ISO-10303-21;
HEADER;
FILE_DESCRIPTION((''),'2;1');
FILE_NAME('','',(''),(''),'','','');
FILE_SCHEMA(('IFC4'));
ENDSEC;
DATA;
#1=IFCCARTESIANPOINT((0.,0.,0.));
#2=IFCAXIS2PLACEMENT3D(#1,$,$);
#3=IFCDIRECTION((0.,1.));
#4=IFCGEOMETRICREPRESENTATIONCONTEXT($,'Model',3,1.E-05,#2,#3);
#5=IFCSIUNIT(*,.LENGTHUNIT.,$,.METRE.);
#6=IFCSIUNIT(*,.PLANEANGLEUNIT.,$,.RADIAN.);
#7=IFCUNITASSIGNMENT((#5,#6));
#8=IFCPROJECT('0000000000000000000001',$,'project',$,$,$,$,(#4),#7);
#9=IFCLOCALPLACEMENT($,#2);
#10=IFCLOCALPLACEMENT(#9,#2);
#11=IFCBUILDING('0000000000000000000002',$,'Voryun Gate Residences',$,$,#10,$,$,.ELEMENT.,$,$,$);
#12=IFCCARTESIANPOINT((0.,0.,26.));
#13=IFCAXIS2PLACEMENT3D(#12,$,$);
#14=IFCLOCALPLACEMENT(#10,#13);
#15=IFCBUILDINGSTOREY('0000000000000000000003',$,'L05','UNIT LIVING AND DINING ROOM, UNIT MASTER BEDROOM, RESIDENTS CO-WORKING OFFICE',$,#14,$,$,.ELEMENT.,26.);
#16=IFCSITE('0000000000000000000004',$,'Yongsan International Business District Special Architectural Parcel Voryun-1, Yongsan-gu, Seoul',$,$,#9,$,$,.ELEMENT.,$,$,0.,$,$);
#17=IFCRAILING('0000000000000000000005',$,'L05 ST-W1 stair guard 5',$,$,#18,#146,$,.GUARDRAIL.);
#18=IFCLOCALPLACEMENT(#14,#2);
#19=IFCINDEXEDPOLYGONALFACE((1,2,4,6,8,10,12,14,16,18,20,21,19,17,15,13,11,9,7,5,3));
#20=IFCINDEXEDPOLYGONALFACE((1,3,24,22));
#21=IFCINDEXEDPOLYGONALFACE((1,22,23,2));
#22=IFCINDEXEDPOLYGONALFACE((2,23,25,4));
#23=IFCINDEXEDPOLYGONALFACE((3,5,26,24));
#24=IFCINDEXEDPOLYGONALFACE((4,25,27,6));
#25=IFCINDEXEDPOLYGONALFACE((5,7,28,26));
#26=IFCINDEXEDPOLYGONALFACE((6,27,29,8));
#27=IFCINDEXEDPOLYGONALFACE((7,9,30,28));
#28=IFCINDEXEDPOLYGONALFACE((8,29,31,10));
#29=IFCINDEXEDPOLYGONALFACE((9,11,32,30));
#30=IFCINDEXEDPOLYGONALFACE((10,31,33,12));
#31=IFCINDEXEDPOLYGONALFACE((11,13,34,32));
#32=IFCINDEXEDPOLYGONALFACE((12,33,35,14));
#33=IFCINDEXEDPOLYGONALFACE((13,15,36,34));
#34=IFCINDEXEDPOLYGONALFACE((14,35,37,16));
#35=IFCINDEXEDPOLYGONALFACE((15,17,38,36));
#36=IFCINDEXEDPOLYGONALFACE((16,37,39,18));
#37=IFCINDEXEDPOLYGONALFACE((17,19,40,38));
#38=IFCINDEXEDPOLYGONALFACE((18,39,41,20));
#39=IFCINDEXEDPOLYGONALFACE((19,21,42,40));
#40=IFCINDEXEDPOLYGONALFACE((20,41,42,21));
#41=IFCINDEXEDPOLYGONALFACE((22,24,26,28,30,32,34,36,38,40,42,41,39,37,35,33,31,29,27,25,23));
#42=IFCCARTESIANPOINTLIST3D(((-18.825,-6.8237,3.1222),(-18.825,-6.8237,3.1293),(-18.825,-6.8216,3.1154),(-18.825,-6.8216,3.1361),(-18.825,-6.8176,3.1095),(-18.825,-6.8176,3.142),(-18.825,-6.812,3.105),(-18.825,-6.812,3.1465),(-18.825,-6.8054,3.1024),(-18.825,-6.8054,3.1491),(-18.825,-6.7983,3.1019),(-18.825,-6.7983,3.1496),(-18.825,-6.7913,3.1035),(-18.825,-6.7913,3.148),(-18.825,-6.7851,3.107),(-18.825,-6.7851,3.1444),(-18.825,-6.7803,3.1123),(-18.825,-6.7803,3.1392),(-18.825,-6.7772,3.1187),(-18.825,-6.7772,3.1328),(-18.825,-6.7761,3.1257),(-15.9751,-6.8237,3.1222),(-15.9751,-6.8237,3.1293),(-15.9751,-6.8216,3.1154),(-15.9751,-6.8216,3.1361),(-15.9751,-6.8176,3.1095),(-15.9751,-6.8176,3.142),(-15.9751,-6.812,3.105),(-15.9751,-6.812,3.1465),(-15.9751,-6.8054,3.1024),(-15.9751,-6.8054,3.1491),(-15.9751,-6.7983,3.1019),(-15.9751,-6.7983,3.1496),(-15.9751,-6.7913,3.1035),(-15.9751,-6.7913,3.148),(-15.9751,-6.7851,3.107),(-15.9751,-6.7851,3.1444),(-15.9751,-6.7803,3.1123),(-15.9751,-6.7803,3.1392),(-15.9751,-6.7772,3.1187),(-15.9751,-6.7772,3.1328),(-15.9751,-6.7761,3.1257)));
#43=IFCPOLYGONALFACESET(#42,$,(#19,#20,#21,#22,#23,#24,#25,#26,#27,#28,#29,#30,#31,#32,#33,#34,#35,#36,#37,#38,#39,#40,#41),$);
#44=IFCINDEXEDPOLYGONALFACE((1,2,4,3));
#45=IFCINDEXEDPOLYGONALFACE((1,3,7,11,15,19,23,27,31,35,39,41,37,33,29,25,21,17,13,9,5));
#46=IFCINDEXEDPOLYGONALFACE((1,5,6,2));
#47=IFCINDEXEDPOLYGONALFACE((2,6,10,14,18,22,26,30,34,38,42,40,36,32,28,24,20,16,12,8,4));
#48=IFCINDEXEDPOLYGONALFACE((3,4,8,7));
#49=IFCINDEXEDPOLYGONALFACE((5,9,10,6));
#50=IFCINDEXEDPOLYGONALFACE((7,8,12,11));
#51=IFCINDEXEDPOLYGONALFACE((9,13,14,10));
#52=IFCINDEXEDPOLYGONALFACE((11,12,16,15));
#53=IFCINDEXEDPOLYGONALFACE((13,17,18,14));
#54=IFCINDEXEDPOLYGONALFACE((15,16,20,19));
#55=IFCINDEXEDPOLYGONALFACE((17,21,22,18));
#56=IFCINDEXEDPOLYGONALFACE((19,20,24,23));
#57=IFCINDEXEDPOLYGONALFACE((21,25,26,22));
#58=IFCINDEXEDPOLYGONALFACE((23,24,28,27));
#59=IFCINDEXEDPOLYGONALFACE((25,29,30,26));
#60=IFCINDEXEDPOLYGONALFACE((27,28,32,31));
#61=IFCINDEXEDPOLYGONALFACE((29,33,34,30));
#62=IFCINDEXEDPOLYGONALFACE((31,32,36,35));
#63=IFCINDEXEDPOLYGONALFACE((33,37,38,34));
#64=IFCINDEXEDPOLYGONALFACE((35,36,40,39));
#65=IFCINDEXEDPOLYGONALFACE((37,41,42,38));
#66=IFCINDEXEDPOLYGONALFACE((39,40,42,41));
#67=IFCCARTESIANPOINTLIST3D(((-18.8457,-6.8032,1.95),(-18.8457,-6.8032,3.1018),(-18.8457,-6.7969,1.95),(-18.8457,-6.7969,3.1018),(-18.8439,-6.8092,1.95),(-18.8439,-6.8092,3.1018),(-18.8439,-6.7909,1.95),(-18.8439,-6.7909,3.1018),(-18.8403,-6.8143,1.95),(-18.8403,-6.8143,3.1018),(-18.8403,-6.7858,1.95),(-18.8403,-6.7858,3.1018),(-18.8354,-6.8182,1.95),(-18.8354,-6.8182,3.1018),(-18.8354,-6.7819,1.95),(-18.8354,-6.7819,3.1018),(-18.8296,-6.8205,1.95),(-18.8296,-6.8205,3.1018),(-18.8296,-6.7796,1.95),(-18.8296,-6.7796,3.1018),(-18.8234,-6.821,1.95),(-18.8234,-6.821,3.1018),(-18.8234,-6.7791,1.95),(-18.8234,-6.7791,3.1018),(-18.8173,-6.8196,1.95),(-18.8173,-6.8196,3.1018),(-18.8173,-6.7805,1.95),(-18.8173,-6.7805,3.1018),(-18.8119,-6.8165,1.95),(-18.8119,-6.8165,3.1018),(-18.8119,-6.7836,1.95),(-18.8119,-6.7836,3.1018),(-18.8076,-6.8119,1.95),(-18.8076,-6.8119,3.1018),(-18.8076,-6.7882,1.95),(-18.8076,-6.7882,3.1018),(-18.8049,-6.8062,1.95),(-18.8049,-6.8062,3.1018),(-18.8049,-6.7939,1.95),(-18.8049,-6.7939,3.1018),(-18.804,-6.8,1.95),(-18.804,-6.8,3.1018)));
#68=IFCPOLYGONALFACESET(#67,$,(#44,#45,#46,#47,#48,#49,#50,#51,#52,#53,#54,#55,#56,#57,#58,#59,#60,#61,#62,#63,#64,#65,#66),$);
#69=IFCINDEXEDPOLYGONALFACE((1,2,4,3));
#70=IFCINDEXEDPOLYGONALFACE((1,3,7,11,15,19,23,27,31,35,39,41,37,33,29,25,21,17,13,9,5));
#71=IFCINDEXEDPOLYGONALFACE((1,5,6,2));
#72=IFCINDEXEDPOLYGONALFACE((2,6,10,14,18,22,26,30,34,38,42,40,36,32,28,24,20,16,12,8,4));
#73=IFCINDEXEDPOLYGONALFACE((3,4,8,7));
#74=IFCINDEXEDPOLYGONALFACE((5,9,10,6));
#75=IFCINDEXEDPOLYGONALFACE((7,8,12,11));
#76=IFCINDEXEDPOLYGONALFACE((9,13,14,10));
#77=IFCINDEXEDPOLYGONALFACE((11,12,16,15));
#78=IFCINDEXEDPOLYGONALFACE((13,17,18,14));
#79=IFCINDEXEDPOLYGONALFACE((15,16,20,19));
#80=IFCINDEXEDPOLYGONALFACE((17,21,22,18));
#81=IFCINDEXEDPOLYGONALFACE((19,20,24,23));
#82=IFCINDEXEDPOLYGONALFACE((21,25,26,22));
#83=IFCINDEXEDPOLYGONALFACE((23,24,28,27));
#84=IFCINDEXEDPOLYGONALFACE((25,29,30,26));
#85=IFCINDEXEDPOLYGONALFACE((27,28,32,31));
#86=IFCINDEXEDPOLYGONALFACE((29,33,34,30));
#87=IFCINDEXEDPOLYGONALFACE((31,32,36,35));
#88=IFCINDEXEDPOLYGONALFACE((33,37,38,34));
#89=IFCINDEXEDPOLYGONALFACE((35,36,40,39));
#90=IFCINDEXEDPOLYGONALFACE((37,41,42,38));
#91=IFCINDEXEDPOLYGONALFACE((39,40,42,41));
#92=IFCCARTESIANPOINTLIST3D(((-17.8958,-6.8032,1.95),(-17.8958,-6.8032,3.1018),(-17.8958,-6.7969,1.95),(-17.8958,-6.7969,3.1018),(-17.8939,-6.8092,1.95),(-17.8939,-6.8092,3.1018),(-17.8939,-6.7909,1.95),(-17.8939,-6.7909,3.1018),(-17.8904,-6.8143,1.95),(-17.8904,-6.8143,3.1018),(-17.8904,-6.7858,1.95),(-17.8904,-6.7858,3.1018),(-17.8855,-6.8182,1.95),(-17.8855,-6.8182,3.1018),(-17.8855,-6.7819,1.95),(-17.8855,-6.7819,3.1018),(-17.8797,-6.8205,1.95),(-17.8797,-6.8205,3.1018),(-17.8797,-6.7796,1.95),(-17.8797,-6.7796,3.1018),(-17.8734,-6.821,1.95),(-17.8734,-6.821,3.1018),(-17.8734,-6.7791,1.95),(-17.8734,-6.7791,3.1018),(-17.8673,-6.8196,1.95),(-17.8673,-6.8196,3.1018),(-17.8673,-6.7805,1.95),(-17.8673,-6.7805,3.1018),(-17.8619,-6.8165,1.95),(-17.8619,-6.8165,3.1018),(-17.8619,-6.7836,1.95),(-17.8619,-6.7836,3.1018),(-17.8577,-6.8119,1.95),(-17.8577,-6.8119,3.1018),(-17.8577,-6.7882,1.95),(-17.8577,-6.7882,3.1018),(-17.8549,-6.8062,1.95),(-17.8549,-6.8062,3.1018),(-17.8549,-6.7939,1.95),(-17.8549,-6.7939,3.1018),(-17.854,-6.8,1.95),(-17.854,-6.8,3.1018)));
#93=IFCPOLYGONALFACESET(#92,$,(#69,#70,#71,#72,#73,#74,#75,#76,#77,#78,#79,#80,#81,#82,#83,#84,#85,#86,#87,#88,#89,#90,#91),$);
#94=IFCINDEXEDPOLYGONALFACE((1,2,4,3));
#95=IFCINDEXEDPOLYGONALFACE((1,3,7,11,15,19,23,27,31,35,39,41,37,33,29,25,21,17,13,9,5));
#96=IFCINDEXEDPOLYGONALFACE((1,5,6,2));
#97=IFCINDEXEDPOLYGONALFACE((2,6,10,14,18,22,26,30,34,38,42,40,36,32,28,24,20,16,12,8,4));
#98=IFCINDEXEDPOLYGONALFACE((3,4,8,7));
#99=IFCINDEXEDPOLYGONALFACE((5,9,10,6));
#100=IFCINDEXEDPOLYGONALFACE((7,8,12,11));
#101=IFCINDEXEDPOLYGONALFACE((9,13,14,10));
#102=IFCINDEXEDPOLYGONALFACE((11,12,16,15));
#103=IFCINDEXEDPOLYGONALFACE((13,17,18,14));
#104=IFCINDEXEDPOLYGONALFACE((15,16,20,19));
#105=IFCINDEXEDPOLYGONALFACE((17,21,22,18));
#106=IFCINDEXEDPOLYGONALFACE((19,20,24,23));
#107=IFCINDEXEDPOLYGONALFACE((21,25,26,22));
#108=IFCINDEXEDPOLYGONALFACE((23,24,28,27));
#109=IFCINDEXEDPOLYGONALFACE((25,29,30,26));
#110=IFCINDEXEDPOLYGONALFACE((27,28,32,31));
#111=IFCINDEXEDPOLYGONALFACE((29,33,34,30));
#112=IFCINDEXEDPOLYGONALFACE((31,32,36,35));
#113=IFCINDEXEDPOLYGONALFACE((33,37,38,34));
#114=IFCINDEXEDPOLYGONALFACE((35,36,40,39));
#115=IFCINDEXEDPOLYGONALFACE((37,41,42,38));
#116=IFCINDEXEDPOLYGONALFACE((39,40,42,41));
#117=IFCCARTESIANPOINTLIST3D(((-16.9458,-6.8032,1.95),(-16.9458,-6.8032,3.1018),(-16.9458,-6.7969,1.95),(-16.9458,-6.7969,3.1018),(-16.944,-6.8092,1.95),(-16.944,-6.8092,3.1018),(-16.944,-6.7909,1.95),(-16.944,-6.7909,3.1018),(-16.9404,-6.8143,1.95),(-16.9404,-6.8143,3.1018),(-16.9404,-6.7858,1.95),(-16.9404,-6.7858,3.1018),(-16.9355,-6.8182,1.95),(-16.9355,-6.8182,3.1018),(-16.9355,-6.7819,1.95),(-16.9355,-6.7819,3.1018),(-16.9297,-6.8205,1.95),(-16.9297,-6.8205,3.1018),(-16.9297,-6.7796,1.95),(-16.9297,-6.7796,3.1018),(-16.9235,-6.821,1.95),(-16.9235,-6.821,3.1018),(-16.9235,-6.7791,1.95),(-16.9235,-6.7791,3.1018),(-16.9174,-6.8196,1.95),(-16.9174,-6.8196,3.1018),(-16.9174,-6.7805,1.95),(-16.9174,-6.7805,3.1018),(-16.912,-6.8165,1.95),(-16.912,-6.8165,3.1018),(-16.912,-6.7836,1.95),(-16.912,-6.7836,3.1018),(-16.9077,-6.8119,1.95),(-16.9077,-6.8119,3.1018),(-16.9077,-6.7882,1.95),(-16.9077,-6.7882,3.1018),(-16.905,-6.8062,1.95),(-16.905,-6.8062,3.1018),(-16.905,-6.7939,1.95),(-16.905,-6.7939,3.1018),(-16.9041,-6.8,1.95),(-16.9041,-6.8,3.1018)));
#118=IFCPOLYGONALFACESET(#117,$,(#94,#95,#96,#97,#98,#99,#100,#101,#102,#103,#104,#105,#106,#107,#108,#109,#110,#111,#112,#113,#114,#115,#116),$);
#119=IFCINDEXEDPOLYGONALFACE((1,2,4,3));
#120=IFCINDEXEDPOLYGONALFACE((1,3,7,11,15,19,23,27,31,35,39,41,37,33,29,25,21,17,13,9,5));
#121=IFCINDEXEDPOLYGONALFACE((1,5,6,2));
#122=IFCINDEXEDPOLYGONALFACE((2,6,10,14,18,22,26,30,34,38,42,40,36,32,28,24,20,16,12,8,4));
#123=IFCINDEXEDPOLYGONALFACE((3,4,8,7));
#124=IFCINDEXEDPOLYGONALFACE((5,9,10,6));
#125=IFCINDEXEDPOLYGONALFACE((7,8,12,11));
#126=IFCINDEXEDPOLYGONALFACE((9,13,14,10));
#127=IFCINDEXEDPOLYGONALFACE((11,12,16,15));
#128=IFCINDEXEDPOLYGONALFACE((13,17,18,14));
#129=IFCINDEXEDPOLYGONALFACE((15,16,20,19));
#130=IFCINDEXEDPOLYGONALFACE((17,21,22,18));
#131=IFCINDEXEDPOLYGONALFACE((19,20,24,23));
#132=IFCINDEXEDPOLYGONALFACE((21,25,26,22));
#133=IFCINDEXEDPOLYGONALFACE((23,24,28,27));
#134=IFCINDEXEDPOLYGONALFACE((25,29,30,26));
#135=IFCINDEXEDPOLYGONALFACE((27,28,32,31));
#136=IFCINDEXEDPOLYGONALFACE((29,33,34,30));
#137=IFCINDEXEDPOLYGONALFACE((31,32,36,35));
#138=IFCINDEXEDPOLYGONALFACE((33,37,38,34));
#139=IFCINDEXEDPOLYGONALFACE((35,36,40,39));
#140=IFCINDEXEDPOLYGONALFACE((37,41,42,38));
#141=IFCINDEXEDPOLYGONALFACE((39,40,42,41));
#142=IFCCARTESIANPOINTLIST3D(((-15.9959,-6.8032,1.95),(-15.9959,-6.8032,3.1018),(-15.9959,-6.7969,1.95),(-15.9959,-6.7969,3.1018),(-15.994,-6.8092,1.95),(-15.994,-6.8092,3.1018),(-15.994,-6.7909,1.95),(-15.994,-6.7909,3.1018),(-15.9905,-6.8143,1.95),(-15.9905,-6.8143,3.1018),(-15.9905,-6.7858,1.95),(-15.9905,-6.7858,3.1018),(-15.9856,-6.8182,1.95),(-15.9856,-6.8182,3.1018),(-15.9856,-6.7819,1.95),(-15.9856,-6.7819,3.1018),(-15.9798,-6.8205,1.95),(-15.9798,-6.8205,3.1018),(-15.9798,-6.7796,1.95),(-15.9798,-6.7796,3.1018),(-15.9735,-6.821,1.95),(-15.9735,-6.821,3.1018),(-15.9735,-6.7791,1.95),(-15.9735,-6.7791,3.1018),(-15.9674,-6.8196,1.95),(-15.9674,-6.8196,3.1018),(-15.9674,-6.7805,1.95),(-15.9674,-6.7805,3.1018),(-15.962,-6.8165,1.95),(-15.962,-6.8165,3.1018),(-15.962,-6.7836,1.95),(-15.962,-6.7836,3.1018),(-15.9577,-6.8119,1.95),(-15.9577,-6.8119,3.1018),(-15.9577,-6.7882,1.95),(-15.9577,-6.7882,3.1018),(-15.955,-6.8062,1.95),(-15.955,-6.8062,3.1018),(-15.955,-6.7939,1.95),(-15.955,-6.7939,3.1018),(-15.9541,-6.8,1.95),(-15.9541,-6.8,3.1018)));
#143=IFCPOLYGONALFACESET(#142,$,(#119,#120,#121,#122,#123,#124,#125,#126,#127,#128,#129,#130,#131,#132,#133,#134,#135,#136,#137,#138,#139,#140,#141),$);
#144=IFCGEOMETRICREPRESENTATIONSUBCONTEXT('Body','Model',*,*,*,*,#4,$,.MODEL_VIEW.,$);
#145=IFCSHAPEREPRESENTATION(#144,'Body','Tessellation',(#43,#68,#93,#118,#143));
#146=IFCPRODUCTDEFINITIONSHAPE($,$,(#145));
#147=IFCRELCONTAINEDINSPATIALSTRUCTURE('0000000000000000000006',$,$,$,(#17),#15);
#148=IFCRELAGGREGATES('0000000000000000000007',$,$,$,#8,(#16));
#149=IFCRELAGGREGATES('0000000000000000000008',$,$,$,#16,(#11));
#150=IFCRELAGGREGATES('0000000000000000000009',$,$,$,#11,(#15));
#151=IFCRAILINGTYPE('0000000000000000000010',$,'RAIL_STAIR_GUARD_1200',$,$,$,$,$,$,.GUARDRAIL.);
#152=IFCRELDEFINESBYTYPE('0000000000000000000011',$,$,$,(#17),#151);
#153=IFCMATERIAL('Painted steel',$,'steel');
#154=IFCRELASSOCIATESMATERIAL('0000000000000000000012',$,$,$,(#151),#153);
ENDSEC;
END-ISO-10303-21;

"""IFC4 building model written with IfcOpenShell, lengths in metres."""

from ifc_helpers import new_model, si_unit, direction, frame, origin, origin_2d, place, context, subcontext, project, spatial, circle, extrude, material, type_object, element, save


model = new_model("IFC4")

# Units and contexts
model_context = context("Model", 3, precision=1e-05, world=origin(), true_north=direction((0.0, 1.0)))
body_context = subcontext(model_context, "Body", "Model", "MODEL_VIEW")
ifc_project = project(units=[si_unit("LENGTHUNIT", "METRE"), si_unit("PLANEANGLEUNIT", "RADIAN")], contexts=[model_context])

# Site, building, storey
site_placement = place(None, origin())
site = spatial("IfcSite", under=ifc_project, at=site_placement, Name="Yongsan International Business District Special Architectural Parcel Voryun-1, Yongsan-gu, Seoul", CompositionType="ELEMENT", RefElevation=0.0)
building_placement = place(site_placement, origin())
building = spatial("IfcBuilding", under=site, at=building_placement, Name="Voryun Gate Residences", CompositionType="ELEMENT")
storey_placement = place(building_placement, frame((0.0, 0.0, 26.0)))
storey = spatial("IfcBuildingStorey", under=building, at=storey_placement, Name="L05", Description="UNIT LIVING AND DINING ROOM, UNIT MASTER BEDROOM, RESIDENTS CO-WORKING OFFICE", CompositionType="ELEMENT", Elevation=26.0)

# Railing
ifc_material_1 = material(Name="Painted steel", Category="steel")
railing_type_1 = type_object("IfcRailingType", Name="RAIL_STAIR_GUARD_1200", PredefinedType="GUARDRAIL", material=ifc_material_1)
railing_1_placement = place(storey_placement, frame((-18.825, -6.8, 1.95)))
element("IfcRailing", 1, at=railing_1_placement, inside=storey, type_object=railing_type_1, Name="L05 ST-W1 stair guard 5", PredefinedType="GUARDRAIL", context=body_context, shape_type="SweptSolid", body=[
    extrude(circle(Radius=0.0239, at=origin_2d()), frame((0.0, 0.0, 1.1758), z_axis=(1.0, 0.0, 0.0), x_axis=(0.0, 1.0, 0.0)), (0.0, 0.0, 1.0), 2.8499),
    extrude(circle(Radius=0.021, at=origin_2d()), origin(), (0.0, 0.0, 1.0), 1.1519),
    extrude(circle(Radius=0.021, at=origin_2d()), frame((0.95, 0.0, 0.0)), (0.0, 0.0, 1.0), 1.1519),
    extrude(circle(Radius=0.021, at=origin_2d()), frame((1.8999, 0.0, 0.0)), (0.0, 0.0, 1.0), 1.1519),
    extrude(circle(Radius=0.021, at=origin_2d()), frame((2.8499, 0.0, 0.0)), (0.0, 0.0, 1.0), 1.1519),
])

save(model, "model.ifc")
